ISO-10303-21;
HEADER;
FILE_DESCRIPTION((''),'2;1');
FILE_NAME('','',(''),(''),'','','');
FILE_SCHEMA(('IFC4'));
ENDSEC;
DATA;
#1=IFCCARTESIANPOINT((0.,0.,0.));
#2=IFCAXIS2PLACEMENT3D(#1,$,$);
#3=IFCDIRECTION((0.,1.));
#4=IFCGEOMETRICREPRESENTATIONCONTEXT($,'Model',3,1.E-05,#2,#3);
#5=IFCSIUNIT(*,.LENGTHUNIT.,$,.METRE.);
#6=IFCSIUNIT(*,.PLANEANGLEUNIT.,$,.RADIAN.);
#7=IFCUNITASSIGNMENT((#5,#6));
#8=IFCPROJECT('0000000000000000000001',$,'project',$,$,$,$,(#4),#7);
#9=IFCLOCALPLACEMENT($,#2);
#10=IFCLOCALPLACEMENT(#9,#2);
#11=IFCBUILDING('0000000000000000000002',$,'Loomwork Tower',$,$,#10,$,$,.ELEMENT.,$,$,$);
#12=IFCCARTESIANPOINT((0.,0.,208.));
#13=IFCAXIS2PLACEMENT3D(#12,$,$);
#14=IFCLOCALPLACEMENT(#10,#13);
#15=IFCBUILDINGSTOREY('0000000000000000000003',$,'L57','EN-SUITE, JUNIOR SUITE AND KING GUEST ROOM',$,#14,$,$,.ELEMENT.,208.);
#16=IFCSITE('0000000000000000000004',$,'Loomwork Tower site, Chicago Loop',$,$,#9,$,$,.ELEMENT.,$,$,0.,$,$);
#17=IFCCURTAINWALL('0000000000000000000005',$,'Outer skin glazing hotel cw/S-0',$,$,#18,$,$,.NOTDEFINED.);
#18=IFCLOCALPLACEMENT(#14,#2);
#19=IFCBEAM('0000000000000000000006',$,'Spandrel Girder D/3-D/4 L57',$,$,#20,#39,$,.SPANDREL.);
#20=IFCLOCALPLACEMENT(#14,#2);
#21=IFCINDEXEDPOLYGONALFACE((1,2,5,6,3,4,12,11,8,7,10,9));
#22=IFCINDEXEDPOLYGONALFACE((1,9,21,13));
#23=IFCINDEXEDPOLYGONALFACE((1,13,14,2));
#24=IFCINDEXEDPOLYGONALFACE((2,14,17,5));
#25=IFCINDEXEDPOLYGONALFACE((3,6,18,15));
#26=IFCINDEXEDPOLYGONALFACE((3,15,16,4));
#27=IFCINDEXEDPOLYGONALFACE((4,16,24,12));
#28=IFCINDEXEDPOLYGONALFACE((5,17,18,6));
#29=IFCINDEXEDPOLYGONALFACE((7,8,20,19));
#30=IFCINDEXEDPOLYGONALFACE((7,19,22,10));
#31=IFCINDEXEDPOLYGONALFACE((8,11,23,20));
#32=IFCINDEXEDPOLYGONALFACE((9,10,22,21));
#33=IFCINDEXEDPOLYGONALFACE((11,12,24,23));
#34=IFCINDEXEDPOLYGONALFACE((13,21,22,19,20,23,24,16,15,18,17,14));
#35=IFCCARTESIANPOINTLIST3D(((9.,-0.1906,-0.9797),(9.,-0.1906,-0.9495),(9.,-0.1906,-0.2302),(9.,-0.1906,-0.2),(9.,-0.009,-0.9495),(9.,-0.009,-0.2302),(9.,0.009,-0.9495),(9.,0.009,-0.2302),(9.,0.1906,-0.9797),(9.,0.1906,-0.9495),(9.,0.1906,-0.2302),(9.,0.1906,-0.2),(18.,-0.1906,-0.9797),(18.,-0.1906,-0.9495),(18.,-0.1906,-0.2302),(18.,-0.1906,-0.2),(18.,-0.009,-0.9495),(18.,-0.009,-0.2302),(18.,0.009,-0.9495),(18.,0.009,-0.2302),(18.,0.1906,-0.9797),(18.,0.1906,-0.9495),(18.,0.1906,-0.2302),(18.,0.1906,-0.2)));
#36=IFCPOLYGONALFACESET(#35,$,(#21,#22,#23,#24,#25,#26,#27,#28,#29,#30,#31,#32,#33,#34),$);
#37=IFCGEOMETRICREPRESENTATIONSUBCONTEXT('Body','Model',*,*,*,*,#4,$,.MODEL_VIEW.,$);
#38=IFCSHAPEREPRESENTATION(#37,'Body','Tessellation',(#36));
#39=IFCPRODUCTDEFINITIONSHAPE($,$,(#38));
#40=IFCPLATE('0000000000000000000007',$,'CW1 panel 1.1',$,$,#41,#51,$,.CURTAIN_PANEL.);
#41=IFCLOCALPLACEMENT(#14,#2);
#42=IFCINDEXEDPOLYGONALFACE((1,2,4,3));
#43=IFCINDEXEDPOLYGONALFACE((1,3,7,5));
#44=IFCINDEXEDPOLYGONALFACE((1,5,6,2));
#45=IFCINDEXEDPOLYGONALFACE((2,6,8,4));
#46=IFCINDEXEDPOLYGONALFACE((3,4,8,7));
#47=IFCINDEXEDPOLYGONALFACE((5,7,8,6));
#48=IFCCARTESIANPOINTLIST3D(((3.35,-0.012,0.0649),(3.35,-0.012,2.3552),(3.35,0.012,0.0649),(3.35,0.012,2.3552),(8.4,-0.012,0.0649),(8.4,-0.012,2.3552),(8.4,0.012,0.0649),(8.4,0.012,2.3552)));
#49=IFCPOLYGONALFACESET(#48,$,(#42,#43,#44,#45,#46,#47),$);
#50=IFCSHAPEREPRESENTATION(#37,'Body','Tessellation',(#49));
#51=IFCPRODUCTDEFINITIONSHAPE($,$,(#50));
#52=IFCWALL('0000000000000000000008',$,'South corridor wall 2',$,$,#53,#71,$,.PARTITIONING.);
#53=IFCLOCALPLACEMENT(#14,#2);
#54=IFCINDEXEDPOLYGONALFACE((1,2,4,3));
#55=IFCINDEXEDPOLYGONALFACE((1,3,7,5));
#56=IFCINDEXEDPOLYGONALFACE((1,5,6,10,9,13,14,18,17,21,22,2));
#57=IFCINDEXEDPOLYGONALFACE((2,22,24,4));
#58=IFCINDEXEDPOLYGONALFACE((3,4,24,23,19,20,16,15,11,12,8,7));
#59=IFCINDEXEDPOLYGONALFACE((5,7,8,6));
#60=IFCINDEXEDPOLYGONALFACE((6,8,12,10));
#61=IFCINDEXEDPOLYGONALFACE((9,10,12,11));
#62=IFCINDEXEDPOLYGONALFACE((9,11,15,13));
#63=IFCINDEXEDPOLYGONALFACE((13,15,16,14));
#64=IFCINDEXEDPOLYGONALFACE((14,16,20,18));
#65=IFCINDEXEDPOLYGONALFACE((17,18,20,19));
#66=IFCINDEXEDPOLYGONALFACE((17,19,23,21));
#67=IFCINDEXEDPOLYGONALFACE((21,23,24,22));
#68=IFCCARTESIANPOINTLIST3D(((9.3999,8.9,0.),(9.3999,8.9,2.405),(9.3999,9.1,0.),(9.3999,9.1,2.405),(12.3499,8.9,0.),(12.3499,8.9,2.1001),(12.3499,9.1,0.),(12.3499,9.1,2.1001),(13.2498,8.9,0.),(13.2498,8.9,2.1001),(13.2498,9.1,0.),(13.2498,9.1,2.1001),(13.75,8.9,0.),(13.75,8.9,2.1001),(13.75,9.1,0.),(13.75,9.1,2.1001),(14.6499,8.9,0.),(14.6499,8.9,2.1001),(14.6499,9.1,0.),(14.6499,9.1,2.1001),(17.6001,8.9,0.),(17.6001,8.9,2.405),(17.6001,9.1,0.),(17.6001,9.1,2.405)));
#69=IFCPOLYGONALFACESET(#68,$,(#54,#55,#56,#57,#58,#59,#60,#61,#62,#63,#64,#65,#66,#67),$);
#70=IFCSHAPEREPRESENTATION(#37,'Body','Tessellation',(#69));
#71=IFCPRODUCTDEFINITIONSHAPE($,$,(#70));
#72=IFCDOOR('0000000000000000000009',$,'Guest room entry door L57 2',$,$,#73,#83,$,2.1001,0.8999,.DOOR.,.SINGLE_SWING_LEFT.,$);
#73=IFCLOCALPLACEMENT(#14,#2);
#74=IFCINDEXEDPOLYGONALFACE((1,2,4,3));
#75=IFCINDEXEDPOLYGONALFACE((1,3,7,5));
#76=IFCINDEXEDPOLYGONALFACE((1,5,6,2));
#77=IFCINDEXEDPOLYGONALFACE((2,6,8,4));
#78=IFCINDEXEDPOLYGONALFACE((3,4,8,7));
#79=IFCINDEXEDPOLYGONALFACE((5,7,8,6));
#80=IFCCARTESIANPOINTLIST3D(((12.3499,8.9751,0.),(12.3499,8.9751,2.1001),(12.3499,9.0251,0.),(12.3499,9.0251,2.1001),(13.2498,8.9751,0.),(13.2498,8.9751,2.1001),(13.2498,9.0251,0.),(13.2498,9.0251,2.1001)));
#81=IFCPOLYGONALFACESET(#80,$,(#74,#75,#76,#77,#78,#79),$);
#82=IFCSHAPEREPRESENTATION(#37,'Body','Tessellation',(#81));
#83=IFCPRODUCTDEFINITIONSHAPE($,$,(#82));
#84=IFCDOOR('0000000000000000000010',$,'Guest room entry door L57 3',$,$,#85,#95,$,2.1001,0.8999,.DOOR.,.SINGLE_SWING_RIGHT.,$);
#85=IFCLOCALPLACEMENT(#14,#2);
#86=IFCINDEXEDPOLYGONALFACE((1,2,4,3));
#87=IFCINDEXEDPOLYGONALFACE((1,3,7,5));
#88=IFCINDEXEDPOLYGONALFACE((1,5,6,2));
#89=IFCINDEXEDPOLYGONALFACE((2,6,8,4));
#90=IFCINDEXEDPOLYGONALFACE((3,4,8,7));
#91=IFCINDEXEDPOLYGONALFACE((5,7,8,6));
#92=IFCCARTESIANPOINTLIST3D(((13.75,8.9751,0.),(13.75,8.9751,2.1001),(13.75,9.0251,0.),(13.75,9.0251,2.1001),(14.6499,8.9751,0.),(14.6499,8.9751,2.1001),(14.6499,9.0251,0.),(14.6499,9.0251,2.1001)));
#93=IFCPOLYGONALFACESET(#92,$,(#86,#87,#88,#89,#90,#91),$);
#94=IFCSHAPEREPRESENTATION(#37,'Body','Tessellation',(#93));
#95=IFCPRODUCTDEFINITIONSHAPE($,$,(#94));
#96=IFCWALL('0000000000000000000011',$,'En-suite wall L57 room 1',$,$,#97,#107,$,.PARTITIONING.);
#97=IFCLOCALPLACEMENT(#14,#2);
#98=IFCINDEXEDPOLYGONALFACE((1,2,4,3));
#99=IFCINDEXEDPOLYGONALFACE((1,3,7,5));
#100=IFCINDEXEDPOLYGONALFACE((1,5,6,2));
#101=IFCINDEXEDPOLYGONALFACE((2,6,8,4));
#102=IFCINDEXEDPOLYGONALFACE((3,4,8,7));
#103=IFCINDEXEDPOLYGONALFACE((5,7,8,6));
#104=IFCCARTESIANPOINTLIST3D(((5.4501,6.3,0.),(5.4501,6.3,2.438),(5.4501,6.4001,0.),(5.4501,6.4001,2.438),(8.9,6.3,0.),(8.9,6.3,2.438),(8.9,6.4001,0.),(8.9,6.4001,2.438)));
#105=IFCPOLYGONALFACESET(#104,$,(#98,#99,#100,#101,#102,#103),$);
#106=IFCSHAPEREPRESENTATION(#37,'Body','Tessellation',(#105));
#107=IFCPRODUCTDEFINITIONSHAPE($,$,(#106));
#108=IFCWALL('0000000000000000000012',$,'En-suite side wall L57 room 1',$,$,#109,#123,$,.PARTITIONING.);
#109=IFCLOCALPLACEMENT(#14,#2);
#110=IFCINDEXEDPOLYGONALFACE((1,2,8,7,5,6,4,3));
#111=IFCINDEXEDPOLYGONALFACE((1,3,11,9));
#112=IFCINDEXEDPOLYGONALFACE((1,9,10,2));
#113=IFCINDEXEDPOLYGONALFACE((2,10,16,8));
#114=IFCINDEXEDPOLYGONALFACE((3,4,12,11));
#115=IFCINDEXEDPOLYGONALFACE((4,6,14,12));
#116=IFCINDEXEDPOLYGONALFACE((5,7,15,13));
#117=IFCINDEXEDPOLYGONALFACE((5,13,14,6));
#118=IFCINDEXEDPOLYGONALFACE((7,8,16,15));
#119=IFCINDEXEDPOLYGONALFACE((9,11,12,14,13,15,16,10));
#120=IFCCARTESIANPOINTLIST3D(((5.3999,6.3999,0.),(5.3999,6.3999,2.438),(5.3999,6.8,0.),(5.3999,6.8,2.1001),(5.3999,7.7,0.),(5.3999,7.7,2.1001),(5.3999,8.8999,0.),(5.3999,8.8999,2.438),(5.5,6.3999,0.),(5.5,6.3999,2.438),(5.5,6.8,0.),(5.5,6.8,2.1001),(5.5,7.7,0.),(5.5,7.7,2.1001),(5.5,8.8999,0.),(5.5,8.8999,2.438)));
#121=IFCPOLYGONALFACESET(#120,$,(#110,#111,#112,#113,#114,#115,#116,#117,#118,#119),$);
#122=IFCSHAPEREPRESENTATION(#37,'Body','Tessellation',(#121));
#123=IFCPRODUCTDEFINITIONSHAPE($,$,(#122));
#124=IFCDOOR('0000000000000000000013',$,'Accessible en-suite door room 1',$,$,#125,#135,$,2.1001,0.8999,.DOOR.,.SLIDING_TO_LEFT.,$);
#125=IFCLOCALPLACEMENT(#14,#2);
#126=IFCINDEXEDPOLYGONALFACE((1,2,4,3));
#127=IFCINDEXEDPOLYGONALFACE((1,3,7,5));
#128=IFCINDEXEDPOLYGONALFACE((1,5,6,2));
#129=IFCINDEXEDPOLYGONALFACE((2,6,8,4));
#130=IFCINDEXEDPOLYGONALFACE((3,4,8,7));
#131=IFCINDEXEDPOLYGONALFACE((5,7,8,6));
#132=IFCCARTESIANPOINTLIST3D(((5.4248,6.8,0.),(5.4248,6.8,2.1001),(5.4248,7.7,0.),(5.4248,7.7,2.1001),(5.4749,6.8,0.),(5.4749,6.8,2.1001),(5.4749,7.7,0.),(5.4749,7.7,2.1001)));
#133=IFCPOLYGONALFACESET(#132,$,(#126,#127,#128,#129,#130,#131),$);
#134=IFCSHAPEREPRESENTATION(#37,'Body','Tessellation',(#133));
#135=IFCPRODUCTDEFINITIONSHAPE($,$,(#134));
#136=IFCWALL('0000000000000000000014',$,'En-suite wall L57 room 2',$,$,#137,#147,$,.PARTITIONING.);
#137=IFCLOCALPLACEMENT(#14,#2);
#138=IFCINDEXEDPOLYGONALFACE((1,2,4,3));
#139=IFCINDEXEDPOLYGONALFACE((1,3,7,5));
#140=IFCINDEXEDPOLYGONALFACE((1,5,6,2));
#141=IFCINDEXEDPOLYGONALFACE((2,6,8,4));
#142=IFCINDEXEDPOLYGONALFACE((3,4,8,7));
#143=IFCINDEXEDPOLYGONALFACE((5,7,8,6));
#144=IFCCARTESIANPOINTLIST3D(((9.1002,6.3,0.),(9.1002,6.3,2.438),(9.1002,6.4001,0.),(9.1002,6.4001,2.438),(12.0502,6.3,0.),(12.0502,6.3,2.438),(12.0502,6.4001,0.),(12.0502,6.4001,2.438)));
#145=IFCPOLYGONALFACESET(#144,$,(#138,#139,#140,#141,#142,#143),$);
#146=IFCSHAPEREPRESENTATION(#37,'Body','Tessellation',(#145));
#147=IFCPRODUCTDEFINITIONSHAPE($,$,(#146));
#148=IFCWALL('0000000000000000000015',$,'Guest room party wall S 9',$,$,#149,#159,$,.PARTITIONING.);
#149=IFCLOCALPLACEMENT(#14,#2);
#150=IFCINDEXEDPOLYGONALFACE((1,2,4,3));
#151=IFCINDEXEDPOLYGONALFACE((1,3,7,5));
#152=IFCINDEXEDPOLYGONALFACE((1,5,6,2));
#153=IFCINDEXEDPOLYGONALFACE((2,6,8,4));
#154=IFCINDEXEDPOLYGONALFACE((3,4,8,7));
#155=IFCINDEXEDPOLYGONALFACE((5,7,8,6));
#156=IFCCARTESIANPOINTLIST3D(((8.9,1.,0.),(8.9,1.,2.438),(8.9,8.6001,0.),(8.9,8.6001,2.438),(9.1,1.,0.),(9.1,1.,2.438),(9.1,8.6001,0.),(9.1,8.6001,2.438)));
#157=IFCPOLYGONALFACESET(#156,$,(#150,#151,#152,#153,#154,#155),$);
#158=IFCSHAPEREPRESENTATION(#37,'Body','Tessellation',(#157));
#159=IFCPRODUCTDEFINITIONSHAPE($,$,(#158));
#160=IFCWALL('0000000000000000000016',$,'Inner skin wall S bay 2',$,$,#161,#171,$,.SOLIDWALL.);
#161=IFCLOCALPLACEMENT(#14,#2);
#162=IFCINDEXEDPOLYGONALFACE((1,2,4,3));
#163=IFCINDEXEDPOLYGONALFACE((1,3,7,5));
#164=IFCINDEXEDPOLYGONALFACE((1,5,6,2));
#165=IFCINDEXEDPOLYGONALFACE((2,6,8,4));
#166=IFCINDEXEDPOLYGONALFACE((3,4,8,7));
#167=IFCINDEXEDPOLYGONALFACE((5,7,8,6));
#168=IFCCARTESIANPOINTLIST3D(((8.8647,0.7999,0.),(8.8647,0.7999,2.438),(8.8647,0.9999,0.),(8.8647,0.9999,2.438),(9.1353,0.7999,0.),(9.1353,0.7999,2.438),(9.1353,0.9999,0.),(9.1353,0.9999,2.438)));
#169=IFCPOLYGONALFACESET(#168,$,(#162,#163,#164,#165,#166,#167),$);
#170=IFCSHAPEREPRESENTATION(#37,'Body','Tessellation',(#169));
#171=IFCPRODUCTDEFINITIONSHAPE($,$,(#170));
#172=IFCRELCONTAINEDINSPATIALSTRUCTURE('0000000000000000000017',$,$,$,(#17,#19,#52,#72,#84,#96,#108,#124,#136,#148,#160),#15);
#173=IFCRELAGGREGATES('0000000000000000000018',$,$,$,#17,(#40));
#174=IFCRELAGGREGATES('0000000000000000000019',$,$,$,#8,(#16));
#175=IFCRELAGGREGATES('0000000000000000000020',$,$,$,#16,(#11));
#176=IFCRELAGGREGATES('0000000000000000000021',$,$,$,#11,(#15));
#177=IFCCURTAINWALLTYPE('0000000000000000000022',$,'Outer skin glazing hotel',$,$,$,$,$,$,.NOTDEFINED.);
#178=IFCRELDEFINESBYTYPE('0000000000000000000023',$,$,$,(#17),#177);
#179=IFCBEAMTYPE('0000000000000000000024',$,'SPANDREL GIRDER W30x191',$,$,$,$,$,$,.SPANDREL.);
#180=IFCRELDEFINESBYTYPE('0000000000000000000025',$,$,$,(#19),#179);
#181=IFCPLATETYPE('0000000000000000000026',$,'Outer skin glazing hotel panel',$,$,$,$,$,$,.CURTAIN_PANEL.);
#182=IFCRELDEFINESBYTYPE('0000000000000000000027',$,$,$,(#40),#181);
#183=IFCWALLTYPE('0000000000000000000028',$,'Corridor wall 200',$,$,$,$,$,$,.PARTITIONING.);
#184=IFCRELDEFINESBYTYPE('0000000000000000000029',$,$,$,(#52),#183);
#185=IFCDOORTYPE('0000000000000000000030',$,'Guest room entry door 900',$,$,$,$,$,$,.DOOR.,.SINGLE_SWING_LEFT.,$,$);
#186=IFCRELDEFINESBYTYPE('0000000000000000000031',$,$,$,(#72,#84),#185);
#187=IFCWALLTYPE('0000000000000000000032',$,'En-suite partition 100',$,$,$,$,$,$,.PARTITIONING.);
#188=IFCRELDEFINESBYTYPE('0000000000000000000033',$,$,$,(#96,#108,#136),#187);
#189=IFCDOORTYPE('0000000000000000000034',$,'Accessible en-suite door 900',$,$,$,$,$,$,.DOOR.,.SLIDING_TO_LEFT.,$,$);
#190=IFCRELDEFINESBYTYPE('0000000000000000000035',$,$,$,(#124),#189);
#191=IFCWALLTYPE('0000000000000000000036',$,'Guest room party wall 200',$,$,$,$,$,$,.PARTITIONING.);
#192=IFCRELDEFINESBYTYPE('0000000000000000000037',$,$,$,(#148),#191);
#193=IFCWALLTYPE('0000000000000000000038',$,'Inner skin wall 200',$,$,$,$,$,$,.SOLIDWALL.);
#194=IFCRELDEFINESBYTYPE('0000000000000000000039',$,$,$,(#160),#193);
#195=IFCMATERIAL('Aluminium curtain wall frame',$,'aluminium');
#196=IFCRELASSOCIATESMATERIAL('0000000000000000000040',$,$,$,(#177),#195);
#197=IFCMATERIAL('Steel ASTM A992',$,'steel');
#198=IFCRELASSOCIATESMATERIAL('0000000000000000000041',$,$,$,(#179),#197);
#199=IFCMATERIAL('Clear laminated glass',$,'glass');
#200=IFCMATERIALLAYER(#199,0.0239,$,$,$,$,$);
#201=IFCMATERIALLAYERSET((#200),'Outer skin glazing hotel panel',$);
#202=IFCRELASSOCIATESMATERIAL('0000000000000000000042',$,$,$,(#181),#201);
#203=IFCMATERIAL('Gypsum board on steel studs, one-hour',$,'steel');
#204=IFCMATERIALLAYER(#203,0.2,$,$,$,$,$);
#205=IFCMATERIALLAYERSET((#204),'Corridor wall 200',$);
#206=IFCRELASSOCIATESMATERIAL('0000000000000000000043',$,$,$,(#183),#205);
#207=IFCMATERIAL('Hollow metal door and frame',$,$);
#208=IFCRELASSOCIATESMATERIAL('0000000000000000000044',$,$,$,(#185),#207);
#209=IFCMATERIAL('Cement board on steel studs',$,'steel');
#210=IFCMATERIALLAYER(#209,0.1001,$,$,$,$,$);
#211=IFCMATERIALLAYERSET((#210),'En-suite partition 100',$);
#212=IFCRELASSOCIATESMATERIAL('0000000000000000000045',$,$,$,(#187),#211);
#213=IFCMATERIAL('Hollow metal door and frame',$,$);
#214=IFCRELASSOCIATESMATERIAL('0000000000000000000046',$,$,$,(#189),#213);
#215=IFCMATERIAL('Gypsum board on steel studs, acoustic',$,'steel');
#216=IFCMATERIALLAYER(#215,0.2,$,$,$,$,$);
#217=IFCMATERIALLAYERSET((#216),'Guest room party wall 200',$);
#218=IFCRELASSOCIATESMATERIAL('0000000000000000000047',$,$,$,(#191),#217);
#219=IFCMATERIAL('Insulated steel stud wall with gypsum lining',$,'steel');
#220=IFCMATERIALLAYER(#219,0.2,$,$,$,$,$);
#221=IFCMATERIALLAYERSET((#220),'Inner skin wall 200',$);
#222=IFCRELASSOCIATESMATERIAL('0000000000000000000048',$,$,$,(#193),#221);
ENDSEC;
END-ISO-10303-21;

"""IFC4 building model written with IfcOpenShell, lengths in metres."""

from ifc_helpers import new_model, si_unit, direction, frame, frame_2d, origin, origin_2d, place, context, subcontext, project, spatial, rectangle, i_section, extrude, material, layer, layer_set, material_profile, profile_set, type_object, element, fill, aggregate, save


model = new_model("IFC4")

# Units and contexts
model_context = context("Model", 3, precision=1e-05, world=origin(), true_north=direction((0.0, 1.0)))
body_context = subcontext(model_context, "Body", "Model", "MODEL_VIEW")
ifc_project = project(units=[si_unit("LENGTHUNIT", "METRE"), si_unit("PLANEANGLEUNIT", "RADIAN")], contexts=[model_context])

# Site, building, storey
site_placement = place(None, origin())
site = spatial("IfcSite", under=ifc_project, at=site_placement, Name="Loomwork Tower site, Chicago Loop", CompositionType="ELEMENT", RefElevation=0.0)
building_placement = place(site_placement, origin())
building = spatial("IfcBuilding", under=site, at=building_placement, Name="Loomwork Tower", CompositionType="ELEMENT")
storey_placement = place(building_placement, frame((0.0, 0.0, 208.0)))
storey = spatial("IfcBuildingStorey", under=building, at=storey_placement, Name="L57", Description="EN-SUITE, JUNIOR SUITE AND KING GUEST ROOM", CompositionType="ELEMENT", Elevation=208.0)

# Curtain wall
ifc_material_1 = material(Name="Aluminium curtain wall frame", Category="aluminium")
curtain_wall_type = type_object("IfcCurtainWallType", Name="Outer skin glazing hotel", PredefinedType="NOTDEFINED", material=ifc_material_1)
curtain_wall_1_placement = place(storey_placement, origin())
curtain_wall_1 = element("IfcCurtainWall", 1, at=curtain_wall_1_placement, inside=storey, type_object=curtain_wall_type, Name="Outer skin glazing hotel cw/S-0", PredefinedType="NOTDEFINED")

# Beam
ifc_material_2 = material(Name="Steel ASTM A992", Category="steel")
ifc_material_profile_1 = material_profile(ifc_material_2, i_section(OverallWidth=0.3811, OverallDepth=0.7798, WebThickness=0.0181, FlangeThickness=0.0303, at=origin_2d()), Name="W30x191")
ifc_profile_set_1 = profile_set([ifc_material_profile_1], Name="Steel ASTM A992")
beam_type_1 = type_object("IfcBeamType", Name="SPANDREL GIRDER W30x191", PredefinedType="SPANDREL", material=ifc_profile_set_1)
beam_1_placement = place(storey_placement, frame((9.0, 0.0, -0.5898), z_axis=(1.0, 0.0, 0.0), x_axis=(0.0, 1.0, 0.0)))
element("IfcBeam", 2, at=beam_1_placement, inside=storey, type_object=beam_type_1, Name="Spandrel Girder D/3-D/4 L57", PredefinedType="SPANDREL", context=body_context, shape_type="SweptSolid", body=[
    extrude(i_section(OverallWidth=0.3811, OverallDepth=0.7798, WebThickness=0.0181, FlangeThickness=0.0303, at=origin_2d()), origin(), (0.0, 0.0, 1.0), 9.0),
])

# Plate
ifc_material_3 = material(Name="Clear laminated glass", Category="glass")
ifc_layer_1 = layer(ifc_material_3, 0.0239)
ifc_layer_set_1 = layer_set([ifc_layer_1], Name="Outer skin glazing hotel panel")
plate_type = type_object("IfcPlateType", Name="Outer skin glazing hotel panel", PredefinedType="CURTAIN_PANEL", material=ifc_layer_set_1)
plate_placement = place(storey_placement, frame((5.875, 0.0, 0.0649), z_axis=(0.0, 0.0, 1.0), x_axis=(1.0, 0.0, 0.0)))
plate = element("IfcPlate", 3, at=plate_placement, type_object=plate_type, Name="CW1 panel 1.1", PredefinedType="CURTAIN_PANEL", context=body_context, shape_type="SweptSolid", body=[
    extrude(rectangle(XDim=5.05, YDim=0.0239, at=origin_2d()), origin(), (0.0, 0.0, 1.0), 2.2903),
])
aggregate(curtain_wall_1, [plate])

# Wall, openings, doors
ifc_material_4 = material(Name="Gypsum board on steel studs, one-hour", Category="steel")
ifc_layer_2 = layer(ifc_material_4, 0.2)
ifc_layer_set_2 = layer_set([ifc_layer_2], Name="Corridor wall 200")
wall_type_1 = type_object("IfcWallType", Name="Corridor wall 200", PredefinedType="PARTITIONING", material=ifc_layer_set_2)
wall_1_placement = place(storey_placement, frame((9.3999, 9.0, 0.0), z_axis=(0.0, 0.0, 1.0), x_axis=(1.0, 0.0, 0.0)))
wall_1 = element("IfcWall", 4, at=wall_1_placement, inside=storey, type_object=wall_type_1, Name="South corridor wall 2", PredefinedType="PARTITIONING", context=body_context, shape_type="SweptSolid", body=[
    extrude(rectangle(XDim=8.2002, YDim=0.2, at=frame_2d((4.1001, 0.0))), origin(), (0.0, 0.0, 1.0), 2.405),
])
opening_1_placement = place(wall_1_placement, frame((2.95, 0.0, 0.0)))
opening_1 = element("IfcOpeningElement", 5, at=opening_1_placement, cuts=wall_1, PredefinedType="OPENING", context=body_context, shape_type="SweptSolid", body=[
    extrude(rectangle(XDim=0.8999, YDim=2.1001, at=frame_2d((0.45, 1.05))), frame((0.0, 0.1099, 0.0), z_axis=(0.0, -1.0, 0.0), x_axis=(1.0, 0.0, 0.0)), (0.0, 0.0, 1.0), 0.22),
])
opening_2_placement = place(wall_1_placement, frame((4.3501, 0.0, 0.0)))
opening_2 = element("IfcOpeningElement", 6, at=opening_2_placement, cuts=wall_1, PredefinedType="OPENING", context=body_context, shape_type="SweptSolid", body=[
    extrude(rectangle(XDim=0.8999, YDim=2.1001, at=frame_2d((0.45, 1.05))), frame((0.0, 0.1099, 0.0), z_axis=(0.0, -1.0, 0.0), x_axis=(1.0, 0.0, 0.0)), (0.0, 0.0, 1.0), 0.22),
])
ifc_material_5 = material(Name="Hollow metal door and frame")
door_type_1 = type_object("IfcDoorType", Name="Guest room entry door 900", OperationType="SINGLE_SWING_LEFT", PredefinedType="DOOR", material=ifc_material_5)
door_1_placement = place(opening_1_placement, frame((0.8999, 0.0, 0.0), z_axis=(0.0, 0.0, 1.0), x_axis=(-1.0, 0.0, 0.0)))
door_1 = element("IfcDoor", 7, at=door_1_placement, inside=storey, type_object=door_type_1, Name="Guest room entry door L57 2", OperationType="SINGLE_SWING_LEFT", OverallHeight=2.1001, OverallWidth=0.8999, PredefinedType="DOOR", context=body_context, shape_type="SweptSolid", body=[
    extrude(rectangle(XDim=0.8999, YDim=2.1001, at=frame_2d((0.45, 1.05))), frame((0.0, 0.0249, 0.0), z_axis=(0.0, -1.0, 0.0), x_axis=(1.0, 0.0, 0.0)), (0.0, 0.0, 1.0), 0.05),
])
fill(opening_1, door_1)
door_2_placement = place(opening_2_placement, frame((0.8999, 0.0, 0.0), z_axis=(0.0, 0.0, 1.0), x_axis=(-1.0, 0.0, 0.0)))
door_2 = element("IfcDoor", 8, at=door_2_placement, inside=storey, type_object=door_type_1, Name="Guest room entry door L57 3", OperationType="SINGLE_SWING_RIGHT", OverallHeight=2.1001, OverallWidth=0.8999, PredefinedType="DOOR", context=body_context, shape_type="SweptSolid", body=[
    extrude(rectangle(XDim=0.8999, YDim=2.1001, at=frame_2d((0.45, 1.05))), frame((0.0, 0.0249, 0.0), z_axis=(0.0, -1.0, 0.0), x_axis=(1.0, 0.0, 0.0)), (0.0, 0.0, 1.0), 0.05),
])
fill(opening_2, door_2)

# Wall
ifc_material_6 = material(Name="Cement board on steel studs", Category="steel")
ifc_layer_3 = layer(ifc_material_6, 0.1001)
ifc_layer_set_3 = layer_set([ifc_layer_3], Name="En-suite partition 100")
wall_type_2 = type_object("IfcWallType", Name="En-suite partition 100", PredefinedType="PARTITIONING", material=ifc_layer_set_3)
wall_2_placement = place(storey_placement, frame((5.45, 6.3501, 0.0), z_axis=(0.0, 0.0, 1.0), x_axis=(1.0, 0.0, 0.0)))
element("IfcWall", 9, at=wall_2_placement, inside=storey, type_object=wall_type_2, Name="En-suite wall L57 room 1", PredefinedType="PARTITIONING", context=body_context, shape_type="SweptSolid", body=[
    extrude(rectangle(XDim=3.45, YDim=0.1001, at=frame_2d((1.7251, 0.0))), origin(), (0.0, 0.0, 1.0), 2.438),
])

# Wall, opening, door
wall_3_placement = place(storey_placement, frame((5.45, 8.8999, 0.0), z_axis=(0.0, 0.0, 1.0), x_axis=(0.0, -1.0, 0.0)))
wall_3 = element("IfcWall", 10, at=wall_3_placement, inside=storey, type_object=wall_type_2, Name="En-suite side wall L57 room 1", PredefinedType="PARTITIONING", context=body_context, shape_type="SweptSolid", body=[
    extrude(rectangle(XDim=2.5, YDim=0.1001, at=frame_2d((1.25, 0.0))), origin(), (0.0, 0.0, 1.0), 2.438),
])
opening_3_placement = place(wall_3_placement, frame((1.2, 0.0, 0.0)))
opening_3 = element("IfcOpeningElement", 11, at=opening_3_placement, cuts=wall_3, PredefinedType="OPENING", context=body_context, shape_type="SweptSolid", body=[
    extrude(rectangle(XDim=0.8999, YDim=2.1001, at=frame_2d((0.45, 1.05))), frame((0.0, 0.0601, 0.0), z_axis=(0.0, -1.0, 0.0), x_axis=(1.0, 0.0, 0.0)), (0.0, 0.0, 1.0), 0.1201),
])
ifc_material_7 = material(Name="Hollow metal door and frame")
door_type_2 = type_object("IfcDoorType", Name="Accessible en-suite door 900", OperationType="SLIDING_TO_LEFT", PredefinedType="DOOR", material=ifc_material_7)
door_3_placement = place(opening_3_placement, origin())
door_3 = element("IfcDoor", 12, at=door_3_placement, inside=storey, type_object=door_type_2, Name="Accessible en-suite door room 1", OperationType="SLIDING_TO_LEFT", OverallHeight=2.1001, OverallWidth=0.8999, PredefinedType="DOOR", context=body_context, shape_type="SweptSolid", body=[
    extrude(rectangle(XDim=0.8999, YDim=2.1001, at=frame_2d((0.45, 1.05))), frame((0.0, 0.0249, 0.0), z_axis=(0.0, -1.0, 0.0), x_axis=(1.0, 0.0, 0.0)), (0.0, 0.0, 1.0), 0.05),
])
fill(opening_3, door_3)

# Walls
wall_4_placement = place(storey_placement, frame((9.1001, 6.3501, 0.0), z_axis=(0.0, 0.0, 1.0), x_axis=(1.0, 0.0, 0.0)))
element("IfcWall", 13, at=wall_4_placement, inside=storey, type_object=wall_type_2, Name="En-suite wall L57 room 2", PredefinedType="PARTITIONING", context=body_context, shape_type="SweptSolid", body=[
    extrude(rectangle(XDim=2.95, YDim=0.1001, at=frame_2d((1.4751, 0.0))), origin(), (0.0, 0.0, 1.0), 2.438),
])
ifc_material_8 = material(Name="Gypsum board on steel studs, acoustic", Category="steel")
ifc_layer_4 = layer(ifc_material_8, 0.2)
ifc_layer_set_4 = layer_set([ifc_layer_4], Name="Guest room party wall 200")
wall_type_3 = type_object("IfcWallType", Name="Guest room party wall 200", PredefinedType="PARTITIONING", material=ifc_layer_set_4)
wall_5_placement = place(storey_placement, frame((9.0, 8.6001, 0.0), z_axis=(0.0, 0.0, 1.0), x_axis=(0.0, -1.0, 0.0)))
element("IfcWall", 14, at=wall_5_placement, inside=storey, type_object=wall_type_3, Name="Guest room party wall S 9", PredefinedType="PARTITIONING", context=body_context, shape_type="SweptSolid", body=[
    extrude(rectangle(XDim=7.6001, YDim=0.2, at=frame_2d((3.8, 0.0))), origin(), (0.0, 0.0, 1.0), 2.438),
])
ifc_material_9 = material(Name="Insulated steel stud wall with gypsum lining", Category="steel")
ifc_layer_5 = layer(ifc_material_9, 0.2)
ifc_layer_set_5 = layer_set([ifc_layer_5], Name="Inner skin wall 200")
wall_type_4 = type_object("IfcWallType", Name="Inner skin wall 200", PredefinedType="SOLIDWALL", material=ifc_layer_set_5)
wall_6_placement = place(storey_placement, frame((8.8647, 0.8999, 0.0), z_axis=(0.0, 0.0, 1.0), x_axis=(1.0, 0.0, 0.0)))
element("IfcWall", 15, at=wall_6_placement, inside=storey, type_object=wall_type_4, Name="Inner skin wall S bay 2", PredefinedType="SOLIDWALL", context=body_context, shape_type="SweptSolid", body=[
    extrude(rectangle(XDim=0.2705, YDim=0.2, at=frame_2d((0.1353, 0.0))), origin(), (0.0, 0.0, 1.0), 2.438),
])

save(model, "model.ifc")
